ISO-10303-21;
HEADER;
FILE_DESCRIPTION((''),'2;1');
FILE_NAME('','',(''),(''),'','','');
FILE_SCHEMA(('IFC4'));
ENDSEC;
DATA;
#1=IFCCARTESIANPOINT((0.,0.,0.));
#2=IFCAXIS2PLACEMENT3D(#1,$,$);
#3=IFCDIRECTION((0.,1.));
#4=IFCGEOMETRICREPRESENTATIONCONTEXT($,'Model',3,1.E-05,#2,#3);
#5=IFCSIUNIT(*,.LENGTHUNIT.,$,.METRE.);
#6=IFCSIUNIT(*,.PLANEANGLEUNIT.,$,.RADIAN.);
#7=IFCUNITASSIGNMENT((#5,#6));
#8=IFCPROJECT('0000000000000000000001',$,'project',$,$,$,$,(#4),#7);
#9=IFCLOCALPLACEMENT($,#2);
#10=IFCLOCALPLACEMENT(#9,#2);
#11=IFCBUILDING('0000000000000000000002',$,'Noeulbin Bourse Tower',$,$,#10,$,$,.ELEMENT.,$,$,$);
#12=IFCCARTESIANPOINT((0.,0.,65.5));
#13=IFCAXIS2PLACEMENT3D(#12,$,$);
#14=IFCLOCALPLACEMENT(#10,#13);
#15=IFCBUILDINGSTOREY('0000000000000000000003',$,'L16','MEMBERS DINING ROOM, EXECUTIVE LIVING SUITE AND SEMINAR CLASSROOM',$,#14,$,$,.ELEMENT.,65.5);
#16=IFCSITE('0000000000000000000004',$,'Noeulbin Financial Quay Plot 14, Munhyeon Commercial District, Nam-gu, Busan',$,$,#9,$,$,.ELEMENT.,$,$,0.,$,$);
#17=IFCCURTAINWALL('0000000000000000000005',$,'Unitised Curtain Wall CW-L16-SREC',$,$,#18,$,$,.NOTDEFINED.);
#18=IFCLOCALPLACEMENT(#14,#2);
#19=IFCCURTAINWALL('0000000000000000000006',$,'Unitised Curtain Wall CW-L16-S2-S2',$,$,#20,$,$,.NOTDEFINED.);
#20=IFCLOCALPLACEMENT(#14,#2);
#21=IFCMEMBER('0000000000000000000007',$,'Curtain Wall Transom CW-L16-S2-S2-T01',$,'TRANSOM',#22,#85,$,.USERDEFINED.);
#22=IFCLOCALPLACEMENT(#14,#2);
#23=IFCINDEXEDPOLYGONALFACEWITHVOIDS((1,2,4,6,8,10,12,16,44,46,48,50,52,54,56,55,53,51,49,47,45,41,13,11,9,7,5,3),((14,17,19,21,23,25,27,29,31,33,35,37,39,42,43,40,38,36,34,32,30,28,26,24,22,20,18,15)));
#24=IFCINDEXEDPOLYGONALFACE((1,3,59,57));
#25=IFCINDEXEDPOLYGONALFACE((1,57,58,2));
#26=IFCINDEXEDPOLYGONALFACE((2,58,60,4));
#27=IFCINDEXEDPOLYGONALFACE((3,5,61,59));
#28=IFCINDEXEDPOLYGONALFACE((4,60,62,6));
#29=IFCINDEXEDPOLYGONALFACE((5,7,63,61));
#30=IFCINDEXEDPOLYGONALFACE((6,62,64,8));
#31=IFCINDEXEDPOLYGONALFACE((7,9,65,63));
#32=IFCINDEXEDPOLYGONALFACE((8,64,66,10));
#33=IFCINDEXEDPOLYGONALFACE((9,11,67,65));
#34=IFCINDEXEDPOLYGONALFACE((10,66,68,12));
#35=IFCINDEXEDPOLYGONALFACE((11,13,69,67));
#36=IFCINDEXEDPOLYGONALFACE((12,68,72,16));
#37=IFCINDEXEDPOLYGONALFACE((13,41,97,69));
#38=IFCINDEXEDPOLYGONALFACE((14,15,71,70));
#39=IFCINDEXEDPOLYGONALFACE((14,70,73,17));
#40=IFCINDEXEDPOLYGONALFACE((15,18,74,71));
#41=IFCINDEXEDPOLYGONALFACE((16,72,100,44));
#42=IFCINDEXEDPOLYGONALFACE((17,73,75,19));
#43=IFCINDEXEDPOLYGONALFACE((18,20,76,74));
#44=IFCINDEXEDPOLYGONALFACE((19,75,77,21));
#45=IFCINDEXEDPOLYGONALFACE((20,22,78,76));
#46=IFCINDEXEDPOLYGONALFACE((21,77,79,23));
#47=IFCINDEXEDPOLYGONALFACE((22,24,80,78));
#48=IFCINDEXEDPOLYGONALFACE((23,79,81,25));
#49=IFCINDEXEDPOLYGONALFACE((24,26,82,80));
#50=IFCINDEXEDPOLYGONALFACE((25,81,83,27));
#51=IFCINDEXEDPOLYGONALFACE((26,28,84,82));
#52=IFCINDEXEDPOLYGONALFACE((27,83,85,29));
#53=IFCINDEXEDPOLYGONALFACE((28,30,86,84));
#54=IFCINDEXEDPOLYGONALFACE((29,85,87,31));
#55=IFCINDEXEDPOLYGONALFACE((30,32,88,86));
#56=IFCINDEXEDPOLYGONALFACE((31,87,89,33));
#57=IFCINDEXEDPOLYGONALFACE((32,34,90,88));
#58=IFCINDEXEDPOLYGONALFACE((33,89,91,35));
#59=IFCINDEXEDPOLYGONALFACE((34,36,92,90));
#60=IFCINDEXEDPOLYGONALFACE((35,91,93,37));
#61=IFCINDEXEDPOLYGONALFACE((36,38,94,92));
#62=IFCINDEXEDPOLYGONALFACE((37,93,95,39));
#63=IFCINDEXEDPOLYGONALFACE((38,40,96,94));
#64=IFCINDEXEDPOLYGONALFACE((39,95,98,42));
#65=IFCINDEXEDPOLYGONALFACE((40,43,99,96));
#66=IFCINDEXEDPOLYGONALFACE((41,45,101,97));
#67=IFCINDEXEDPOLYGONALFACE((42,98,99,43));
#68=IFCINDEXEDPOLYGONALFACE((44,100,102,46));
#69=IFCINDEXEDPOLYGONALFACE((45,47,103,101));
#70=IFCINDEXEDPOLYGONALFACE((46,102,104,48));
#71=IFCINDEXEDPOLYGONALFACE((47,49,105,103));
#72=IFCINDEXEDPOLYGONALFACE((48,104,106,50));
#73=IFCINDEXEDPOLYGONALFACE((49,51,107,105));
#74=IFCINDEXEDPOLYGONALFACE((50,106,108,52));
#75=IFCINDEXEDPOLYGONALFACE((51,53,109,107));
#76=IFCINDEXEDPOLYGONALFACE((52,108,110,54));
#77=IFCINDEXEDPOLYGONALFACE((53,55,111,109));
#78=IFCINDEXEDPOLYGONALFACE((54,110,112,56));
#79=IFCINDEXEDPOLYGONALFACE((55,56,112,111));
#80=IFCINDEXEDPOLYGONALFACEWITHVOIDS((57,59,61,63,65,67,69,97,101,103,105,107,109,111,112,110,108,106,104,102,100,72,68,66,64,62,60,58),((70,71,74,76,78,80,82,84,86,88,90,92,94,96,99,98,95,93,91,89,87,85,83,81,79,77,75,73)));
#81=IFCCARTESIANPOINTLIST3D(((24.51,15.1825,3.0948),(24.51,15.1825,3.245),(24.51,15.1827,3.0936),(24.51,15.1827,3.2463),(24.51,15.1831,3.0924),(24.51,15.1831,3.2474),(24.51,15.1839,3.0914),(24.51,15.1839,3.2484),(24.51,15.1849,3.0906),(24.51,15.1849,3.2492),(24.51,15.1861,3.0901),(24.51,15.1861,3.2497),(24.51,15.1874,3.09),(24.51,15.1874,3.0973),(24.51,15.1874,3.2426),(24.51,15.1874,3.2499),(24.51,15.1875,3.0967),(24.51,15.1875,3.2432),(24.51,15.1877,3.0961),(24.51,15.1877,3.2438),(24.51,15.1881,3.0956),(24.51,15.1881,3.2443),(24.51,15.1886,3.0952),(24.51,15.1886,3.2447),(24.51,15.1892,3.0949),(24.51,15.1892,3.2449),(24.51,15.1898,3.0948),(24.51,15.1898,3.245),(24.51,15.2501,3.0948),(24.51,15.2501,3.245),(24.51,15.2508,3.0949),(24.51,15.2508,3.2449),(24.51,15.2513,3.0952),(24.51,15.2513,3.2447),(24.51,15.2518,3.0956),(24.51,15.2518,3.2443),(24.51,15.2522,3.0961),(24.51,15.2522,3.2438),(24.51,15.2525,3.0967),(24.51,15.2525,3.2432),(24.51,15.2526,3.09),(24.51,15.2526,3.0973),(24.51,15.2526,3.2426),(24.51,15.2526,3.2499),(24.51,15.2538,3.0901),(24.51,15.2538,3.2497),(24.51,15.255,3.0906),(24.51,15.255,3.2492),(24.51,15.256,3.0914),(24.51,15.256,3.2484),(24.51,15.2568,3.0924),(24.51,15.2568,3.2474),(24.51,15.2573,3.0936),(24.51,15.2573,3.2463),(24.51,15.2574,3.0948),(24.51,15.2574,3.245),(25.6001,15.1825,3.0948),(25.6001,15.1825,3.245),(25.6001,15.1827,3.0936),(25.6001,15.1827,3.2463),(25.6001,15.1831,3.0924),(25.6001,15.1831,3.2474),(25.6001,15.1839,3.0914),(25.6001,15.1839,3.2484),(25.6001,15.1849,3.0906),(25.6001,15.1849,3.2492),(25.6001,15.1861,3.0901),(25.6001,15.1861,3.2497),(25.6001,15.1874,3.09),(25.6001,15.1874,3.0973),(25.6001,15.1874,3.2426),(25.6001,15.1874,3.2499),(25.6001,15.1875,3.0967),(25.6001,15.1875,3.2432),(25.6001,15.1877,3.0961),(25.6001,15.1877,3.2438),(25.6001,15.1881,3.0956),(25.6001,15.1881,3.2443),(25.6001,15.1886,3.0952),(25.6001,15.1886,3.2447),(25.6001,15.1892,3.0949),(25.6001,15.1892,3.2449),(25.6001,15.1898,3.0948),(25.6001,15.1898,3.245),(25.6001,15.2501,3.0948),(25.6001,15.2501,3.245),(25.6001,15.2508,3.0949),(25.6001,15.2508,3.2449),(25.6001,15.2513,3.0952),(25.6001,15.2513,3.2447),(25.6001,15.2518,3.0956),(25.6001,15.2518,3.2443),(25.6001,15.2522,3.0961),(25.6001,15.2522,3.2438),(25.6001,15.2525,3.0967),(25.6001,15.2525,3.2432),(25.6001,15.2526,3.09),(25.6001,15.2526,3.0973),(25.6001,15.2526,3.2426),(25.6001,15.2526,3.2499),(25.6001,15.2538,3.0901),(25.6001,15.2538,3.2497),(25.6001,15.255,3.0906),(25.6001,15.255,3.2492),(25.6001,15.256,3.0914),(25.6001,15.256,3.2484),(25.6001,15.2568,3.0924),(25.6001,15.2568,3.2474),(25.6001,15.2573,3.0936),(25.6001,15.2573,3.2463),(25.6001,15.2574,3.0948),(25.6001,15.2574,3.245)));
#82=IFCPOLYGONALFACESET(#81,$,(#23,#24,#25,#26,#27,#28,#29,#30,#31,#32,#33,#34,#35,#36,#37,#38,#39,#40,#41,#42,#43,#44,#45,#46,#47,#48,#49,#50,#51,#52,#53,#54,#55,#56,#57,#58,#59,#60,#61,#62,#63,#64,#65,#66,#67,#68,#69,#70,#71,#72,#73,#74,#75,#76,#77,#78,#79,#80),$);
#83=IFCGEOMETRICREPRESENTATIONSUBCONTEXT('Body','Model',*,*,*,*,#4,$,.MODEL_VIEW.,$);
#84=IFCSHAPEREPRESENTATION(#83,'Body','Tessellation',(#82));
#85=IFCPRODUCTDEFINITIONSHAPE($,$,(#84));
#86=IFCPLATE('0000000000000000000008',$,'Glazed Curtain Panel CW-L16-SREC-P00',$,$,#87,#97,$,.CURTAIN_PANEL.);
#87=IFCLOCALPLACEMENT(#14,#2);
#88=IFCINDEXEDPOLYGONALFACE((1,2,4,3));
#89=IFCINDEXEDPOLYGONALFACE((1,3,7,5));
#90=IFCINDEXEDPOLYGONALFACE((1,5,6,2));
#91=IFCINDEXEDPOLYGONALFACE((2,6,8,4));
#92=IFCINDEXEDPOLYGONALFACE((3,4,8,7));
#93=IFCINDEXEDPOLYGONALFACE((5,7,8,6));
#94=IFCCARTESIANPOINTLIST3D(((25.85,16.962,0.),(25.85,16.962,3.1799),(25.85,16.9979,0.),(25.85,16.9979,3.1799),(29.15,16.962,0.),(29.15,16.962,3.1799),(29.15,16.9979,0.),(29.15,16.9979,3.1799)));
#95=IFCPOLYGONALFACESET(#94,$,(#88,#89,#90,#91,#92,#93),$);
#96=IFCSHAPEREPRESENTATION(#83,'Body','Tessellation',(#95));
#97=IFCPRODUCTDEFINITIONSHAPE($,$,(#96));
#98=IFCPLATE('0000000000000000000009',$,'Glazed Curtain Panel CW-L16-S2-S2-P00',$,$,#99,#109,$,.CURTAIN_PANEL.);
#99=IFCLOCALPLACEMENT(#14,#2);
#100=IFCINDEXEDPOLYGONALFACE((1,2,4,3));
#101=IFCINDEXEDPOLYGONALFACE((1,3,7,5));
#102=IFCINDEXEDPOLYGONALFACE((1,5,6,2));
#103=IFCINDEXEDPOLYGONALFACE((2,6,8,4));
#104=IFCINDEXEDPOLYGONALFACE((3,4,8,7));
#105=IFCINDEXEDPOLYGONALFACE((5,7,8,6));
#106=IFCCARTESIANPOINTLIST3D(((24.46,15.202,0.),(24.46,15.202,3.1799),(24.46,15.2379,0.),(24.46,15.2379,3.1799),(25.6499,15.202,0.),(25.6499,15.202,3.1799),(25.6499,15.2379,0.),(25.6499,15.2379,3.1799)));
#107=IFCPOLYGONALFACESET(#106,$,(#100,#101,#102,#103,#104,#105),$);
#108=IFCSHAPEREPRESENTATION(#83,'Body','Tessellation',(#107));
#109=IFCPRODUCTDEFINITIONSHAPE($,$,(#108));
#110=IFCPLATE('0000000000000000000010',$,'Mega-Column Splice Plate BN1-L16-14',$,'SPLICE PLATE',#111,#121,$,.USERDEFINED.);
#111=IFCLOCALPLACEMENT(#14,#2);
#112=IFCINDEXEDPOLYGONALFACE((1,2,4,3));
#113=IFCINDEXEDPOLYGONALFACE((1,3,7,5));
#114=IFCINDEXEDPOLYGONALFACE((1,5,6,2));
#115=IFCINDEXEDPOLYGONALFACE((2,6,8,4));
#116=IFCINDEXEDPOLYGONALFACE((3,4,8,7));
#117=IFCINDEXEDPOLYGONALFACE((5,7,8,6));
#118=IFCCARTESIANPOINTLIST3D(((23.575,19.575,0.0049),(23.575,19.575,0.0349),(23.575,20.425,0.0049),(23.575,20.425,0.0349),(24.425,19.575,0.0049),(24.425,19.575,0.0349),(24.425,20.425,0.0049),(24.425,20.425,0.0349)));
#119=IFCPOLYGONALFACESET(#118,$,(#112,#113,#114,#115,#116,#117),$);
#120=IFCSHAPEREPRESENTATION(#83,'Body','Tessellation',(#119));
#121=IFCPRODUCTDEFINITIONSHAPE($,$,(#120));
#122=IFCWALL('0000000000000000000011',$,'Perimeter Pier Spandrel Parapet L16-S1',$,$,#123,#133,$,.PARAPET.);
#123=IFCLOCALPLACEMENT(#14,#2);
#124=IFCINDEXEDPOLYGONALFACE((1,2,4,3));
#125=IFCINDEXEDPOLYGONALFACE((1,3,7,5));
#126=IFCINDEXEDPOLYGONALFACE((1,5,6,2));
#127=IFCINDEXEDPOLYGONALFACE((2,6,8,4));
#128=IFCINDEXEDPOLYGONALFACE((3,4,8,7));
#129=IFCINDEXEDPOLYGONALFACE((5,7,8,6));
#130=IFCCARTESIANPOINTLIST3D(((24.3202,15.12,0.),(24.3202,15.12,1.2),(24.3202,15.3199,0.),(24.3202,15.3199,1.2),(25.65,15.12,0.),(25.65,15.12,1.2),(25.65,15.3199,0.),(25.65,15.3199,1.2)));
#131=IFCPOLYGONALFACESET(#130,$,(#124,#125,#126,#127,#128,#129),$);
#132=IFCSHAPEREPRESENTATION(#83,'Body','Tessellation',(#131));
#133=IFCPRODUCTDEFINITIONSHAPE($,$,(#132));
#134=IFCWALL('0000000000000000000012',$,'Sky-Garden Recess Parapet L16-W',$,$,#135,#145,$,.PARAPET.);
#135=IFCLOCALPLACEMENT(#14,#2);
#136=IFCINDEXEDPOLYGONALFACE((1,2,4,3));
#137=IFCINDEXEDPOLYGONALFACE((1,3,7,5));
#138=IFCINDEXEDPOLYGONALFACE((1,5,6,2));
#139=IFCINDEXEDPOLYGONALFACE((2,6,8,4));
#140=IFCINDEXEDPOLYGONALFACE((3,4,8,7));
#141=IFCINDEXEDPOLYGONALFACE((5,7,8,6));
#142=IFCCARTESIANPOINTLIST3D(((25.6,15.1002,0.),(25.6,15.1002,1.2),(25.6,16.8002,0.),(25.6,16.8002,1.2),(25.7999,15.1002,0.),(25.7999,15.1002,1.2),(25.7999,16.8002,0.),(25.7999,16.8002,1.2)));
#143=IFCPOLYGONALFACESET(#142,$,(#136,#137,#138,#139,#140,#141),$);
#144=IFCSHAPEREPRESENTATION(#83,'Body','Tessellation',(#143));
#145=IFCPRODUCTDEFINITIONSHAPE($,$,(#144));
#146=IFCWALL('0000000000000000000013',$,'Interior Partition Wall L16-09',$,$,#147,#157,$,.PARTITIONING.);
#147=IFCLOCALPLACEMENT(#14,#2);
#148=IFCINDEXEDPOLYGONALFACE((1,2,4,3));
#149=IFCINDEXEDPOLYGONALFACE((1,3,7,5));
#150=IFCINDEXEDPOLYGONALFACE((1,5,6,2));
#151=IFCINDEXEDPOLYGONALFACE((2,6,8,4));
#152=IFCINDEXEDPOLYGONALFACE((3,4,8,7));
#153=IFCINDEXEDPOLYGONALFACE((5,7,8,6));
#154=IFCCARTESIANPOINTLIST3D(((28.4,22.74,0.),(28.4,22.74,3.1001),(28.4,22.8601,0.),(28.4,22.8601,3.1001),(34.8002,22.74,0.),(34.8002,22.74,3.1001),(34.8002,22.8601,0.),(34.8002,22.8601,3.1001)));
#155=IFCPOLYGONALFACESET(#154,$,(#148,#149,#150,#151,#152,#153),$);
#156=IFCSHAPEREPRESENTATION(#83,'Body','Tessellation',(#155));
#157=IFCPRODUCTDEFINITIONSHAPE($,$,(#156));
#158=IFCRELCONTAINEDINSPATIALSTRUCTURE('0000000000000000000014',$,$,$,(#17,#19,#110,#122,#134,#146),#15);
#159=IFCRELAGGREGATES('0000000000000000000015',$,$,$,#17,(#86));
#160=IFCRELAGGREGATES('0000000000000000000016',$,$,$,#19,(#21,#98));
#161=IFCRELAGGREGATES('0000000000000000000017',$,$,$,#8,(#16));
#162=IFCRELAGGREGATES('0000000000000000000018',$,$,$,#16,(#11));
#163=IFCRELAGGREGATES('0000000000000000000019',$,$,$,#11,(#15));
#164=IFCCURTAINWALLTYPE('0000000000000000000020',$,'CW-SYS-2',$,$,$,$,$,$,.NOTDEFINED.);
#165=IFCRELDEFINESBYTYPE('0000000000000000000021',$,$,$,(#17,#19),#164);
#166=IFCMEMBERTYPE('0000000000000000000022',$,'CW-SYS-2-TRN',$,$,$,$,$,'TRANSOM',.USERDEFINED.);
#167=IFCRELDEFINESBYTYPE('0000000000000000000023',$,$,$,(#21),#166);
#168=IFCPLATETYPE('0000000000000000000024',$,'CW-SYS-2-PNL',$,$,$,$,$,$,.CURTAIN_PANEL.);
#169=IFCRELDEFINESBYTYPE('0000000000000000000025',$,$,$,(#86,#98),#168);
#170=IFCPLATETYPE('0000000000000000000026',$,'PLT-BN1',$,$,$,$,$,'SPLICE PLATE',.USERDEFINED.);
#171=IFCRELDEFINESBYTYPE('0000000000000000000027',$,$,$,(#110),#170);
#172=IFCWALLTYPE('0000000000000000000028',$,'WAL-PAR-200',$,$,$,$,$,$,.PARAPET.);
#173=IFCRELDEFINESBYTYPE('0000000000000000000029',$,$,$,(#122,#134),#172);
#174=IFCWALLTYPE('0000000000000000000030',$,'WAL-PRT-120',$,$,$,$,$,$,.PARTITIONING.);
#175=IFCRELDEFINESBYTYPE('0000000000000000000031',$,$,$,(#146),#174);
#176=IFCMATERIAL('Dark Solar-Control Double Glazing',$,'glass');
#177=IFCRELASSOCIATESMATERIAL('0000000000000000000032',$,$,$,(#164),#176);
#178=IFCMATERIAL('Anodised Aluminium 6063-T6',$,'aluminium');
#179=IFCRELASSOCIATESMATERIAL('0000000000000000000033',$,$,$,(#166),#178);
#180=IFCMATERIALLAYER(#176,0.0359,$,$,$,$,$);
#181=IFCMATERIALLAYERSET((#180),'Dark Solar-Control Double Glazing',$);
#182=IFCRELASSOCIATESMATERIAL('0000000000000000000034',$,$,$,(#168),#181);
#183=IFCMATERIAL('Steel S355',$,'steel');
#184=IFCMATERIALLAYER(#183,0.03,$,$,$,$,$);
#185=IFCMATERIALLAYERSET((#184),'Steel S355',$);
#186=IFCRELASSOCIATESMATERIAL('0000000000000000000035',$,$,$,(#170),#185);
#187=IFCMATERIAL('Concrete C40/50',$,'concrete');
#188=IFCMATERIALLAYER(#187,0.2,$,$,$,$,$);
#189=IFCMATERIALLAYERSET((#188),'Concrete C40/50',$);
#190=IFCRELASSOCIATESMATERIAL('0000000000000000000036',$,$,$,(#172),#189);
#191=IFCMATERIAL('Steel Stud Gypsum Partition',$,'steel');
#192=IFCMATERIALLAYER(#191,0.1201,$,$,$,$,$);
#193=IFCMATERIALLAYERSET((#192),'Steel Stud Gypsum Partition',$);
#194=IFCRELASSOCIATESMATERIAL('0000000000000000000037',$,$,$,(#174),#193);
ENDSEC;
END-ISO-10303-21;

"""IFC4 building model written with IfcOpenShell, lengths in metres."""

from ifc_helpers import new_model, si_unit, direction, frame, frame_2d, origin, origin_2d, place, context, subcontext, project, spatial, rectangle, hollow_rectangle, extrude, material, layer, layer_set, material_profile, profile_set, type_object, element, aggregate, save


model = new_model("IFC4")

# Units and contexts
model_context = context("Model", 3, precision=1e-05, world=origin(), true_north=direction((0.0, 1.0)))
body_context = subcontext(model_context, "Body", "Model", "MODEL_VIEW")
ifc_project = project(units=[si_unit("LENGTHUNIT", "METRE"), si_unit("PLANEANGLEUNIT", "RADIAN")], contexts=[model_context])

# Site, building, storey
site_placement = place(None, origin())
site = spatial("IfcSite", under=ifc_project, at=site_placement, Name="Noeulbin Financial Quay Plot 14, Munhyeon Commercial District, Nam-gu, Busan", CompositionType="ELEMENT", RefElevation=0.0)
building_placement = place(site_placement, origin())
building = spatial("IfcBuilding", under=site, at=building_placement, Name="Noeulbin Bourse Tower", CompositionType="ELEMENT")
storey_placement = place(building_placement, frame((0.0, 0.0, 65.5)))
storey = spatial("IfcBuildingStorey", under=building, at=storey_placement, Name="L16", Description="MEMBERS DINING ROOM, EXECUTIVE LIVING SUITE AND SEMINAR CLASSROOM", CompositionType="ELEMENT", Elevation=65.5)

# Shared definitions
ifc_material_1 = material(Name="Steel S355", Category="steel")

# Curtain wall
ifc_material_2 = material(Name="Dark Solar-Control Double Glazing", Category="glass")
curtain_wall_type = type_object("IfcCurtainWallType", Name="CW-SYS-2", PredefinedType="NOTDEFINED", material=ifc_material_2)
curtain_wall_1_placement = place(storey_placement, origin())
curtain_wall_1 = element("IfcCurtainWall", 1, at=curtain_wall_1_placement, inside=storey, type_object=curtain_wall_type, Name="Unitised Curtain Wall CW-L16-SREC", PredefinedType="NOTDEFINED")
ifc_material_3 = material(Name="Anodised Aluminium 6063-T6", Category="aluminium")

# Curtain wall
curtain_wall_2_placement = place(storey_placement, origin())
curtain_wall_2 = element("IfcCurtainWall", 2, at=curtain_wall_2_placement, inside=storey, type_object=curtain_wall_type, Name="Unitised Curtain Wall CW-L16-S2-S2", PredefinedType="NOTDEFINED")

# Member
ifc_material_profile_1 = material_profile(ifc_material_3, hollow_rectangle(XDim=0.075, YDim=0.1599, WallThickness=0.0049, InnerFilletRadius=0.0024, OuterFilletRadius=0.0049, at=origin_2d()), Name="ALU-TRAN-75x160x5", Category="LoadBearing")
ifc_profile_set_1 = profile_set([ifc_material_profile_1], Name="Anodised Aluminium 6063-T6")
member_type_1 = type_object("IfcMemberType", Name="CW-SYS-2-TRN", ElementType="TRANSOM", PredefinedType="USERDEFINED", material=ifc_profile_set_1)
member_1_placement = place(storey_placement, frame((24.51, 15.22, 3.1699), z_axis=(1.0, 0.0, 0.0), x_axis=(0.0, 1.0, 0.0)))
member_1 = element("IfcMember", 3, at=member_1_placement, type_object=member_type_1, Name="Curtain Wall Transom CW-L16-S2-S2-T01", ObjectType="TRANSOM", PredefinedType="USERDEFINED", context=body_context, shape_type="SweptSolid", body=[
    extrude(hollow_rectangle(XDim=0.075, YDim=0.1599, WallThickness=0.0049, InnerFilletRadius=0.0024, OuterFilletRadius=0.0049, at=origin_2d()), origin(), (0.0, 0.0, 1.0), 1.0901),
])

# Plates
ifc_layer_1 = layer(ifc_material_2, 0.0359)
ifc_layer_set_1 = layer_set([ifc_layer_1], Name="Dark Solar-Control Double Glazing")
plate_type_1 = type_object("IfcPlateType", Name="CW-SYS-2-PNL", PredefinedType="CURTAIN_PANEL", material=ifc_layer_set_1)
plate_1_placement = place(storey_placement, frame((27.5, 16.98, 0.0), z_axis=(0.0, 0.0, 1.0), x_axis=(1.0, 0.0, 0.0)))
plate_1 = element("IfcPlate", 4, at=plate_1_placement, type_object=plate_type_1, Name="Glazed Curtain Panel CW-L16-SREC-P00", PredefinedType="CURTAIN_PANEL", context=body_context, shape_type="SweptSolid", body=[
    extrude(rectangle(XDim=3.3, YDim=0.0359, at=origin_2d()), origin(), (0.0, 0.0, 1.0), 3.1799),
])
aggregate(curtain_wall_1, [plate_1])
plate_2_placement = place(storey_placement, frame((25.0549, 15.22, 0.0), z_axis=(0.0, 0.0, 1.0), x_axis=(1.0, 0.0, 0.0)))
plate_2 = element("IfcPlate", 5, at=plate_2_placement, type_object=plate_type_1, Name="Glazed Curtain Panel CW-L16-S2-S2-P00", PredefinedType="CURTAIN_PANEL", context=body_context, shape_type="SweptSolid", body=[
    extrude(rectangle(XDim=1.1899, YDim=0.0359, at=origin_2d()), origin(), (0.0, 0.0, 1.0), 3.1799),
])
aggregate(curtain_wall_2, [member_1, plate_2])
ifc_layer_2 = layer(ifc_material_1, 0.03)
ifc_layer_set_2 = layer_set([ifc_layer_2], Name="Steel S355")
plate_type_2 = type_object("IfcPlateType", Name="PLT-BN1", ElementType="SPLICE PLATE", PredefinedType="USERDEFINED", material=ifc_layer_set_2)
plate_3_placement = place(storey_placement, frame((24.0, 20.0, 0.0049), z_axis=(0.0, 0.0, 1.0), x_axis=(1.0, 0.0, 0.0)))
element("IfcPlate", 6, at=plate_3_placement, inside=storey, type_object=plate_type_2, Name="Mega-Column Splice Plate BN1-L16-14", ObjectType="SPLICE PLATE", PredefinedType="USERDEFINED", context=body_context, shape_type="SweptSolid", body=[
    extrude(rectangle(XDim=0.8501, YDim=0.8501, at=origin_2d()), origin(), (0.0, 0.0, 1.0), 0.03),
])

# Walls
ifc_material_4 = material(Name="Concrete C40/50", Category="concrete")
ifc_layer_3 = layer(ifc_material_4, 0.2)
ifc_layer_set_3 = layer_set([ifc_layer_3], Name="Concrete C40/50")
wall_type_1 = type_object("IfcWallType", Name="WAL-PAR-200", PredefinedType="PARAPET", material=ifc_layer_set_3)
wall_1_placement = place(storey_placement, frame((24.3201, 15.22, 0.0), z_axis=(0.0, 0.0, 1.0), x_axis=(1.0, 0.0, 0.0)))
element("IfcWall", 7, at=wall_1_placement, inside=storey, type_object=wall_type_1, Name="Perimeter Pier Spandrel Parapet L16-S1", PredefinedType="PARAPET", context=body_context, shape_type="SweptSolid", body=[
    extrude(rectangle(XDim=1.3298, YDim=0.2, at=frame_2d((0.665, 0.0))), origin(), (0.0, 0.0, 1.0), 1.2),
])
wall_2_placement = place(storey_placement, frame((25.7, 15.1001, 0.0), z_axis=(0.0, 0.0, 1.0), x_axis=(0.0, 1.0, 0.0)))
element("IfcWall", 8, at=wall_2_placement, inside=storey, type_object=wall_type_1, Name="Sky-Garden Recess Parapet L16-W", PredefinedType="PARAPET", context=body_context, shape_type="SweptSolid", body=[
    extrude(rectangle(XDim=1.7, YDim=0.2, at=frame_2d((0.8501, 0.0))), origin(), (0.0, 0.0, 1.0), 1.2),
])
ifc_material_5 = material(Name="Steel Stud Gypsum Partition", Category="steel")
ifc_layer_4 = layer(ifc_material_5, 0.1201)
ifc_layer_set_4 = layer_set([ifc_layer_4], Name="Steel Stud Gypsum Partition")
wall_type_2 = type_object("IfcWallType", Name="WAL-PRT-120", PredefinedType="PARTITIONING", material=ifc_layer_set_4)
wall_3_placement = place(storey_placement, frame((28.3999, 22.8, 0.0), z_axis=(0.0, 0.0, 1.0), x_axis=(1.0, 0.0, 0.0)))
element("IfcWall", 9, at=wall_3_placement, inside=storey, type_object=wall_type_2, Name="Interior Partition Wall L16-09", PredefinedType="PARTITIONING", context=body_context, shape_type="SweptSolid", body=[
    extrude(rectangle(XDim=6.4001, YDim=0.1201, at=frame_2d((3.2002, 0.0))), origin(), (0.0, 0.0, 1.0), 3.1001),
])

save(model, "model.ifc")
